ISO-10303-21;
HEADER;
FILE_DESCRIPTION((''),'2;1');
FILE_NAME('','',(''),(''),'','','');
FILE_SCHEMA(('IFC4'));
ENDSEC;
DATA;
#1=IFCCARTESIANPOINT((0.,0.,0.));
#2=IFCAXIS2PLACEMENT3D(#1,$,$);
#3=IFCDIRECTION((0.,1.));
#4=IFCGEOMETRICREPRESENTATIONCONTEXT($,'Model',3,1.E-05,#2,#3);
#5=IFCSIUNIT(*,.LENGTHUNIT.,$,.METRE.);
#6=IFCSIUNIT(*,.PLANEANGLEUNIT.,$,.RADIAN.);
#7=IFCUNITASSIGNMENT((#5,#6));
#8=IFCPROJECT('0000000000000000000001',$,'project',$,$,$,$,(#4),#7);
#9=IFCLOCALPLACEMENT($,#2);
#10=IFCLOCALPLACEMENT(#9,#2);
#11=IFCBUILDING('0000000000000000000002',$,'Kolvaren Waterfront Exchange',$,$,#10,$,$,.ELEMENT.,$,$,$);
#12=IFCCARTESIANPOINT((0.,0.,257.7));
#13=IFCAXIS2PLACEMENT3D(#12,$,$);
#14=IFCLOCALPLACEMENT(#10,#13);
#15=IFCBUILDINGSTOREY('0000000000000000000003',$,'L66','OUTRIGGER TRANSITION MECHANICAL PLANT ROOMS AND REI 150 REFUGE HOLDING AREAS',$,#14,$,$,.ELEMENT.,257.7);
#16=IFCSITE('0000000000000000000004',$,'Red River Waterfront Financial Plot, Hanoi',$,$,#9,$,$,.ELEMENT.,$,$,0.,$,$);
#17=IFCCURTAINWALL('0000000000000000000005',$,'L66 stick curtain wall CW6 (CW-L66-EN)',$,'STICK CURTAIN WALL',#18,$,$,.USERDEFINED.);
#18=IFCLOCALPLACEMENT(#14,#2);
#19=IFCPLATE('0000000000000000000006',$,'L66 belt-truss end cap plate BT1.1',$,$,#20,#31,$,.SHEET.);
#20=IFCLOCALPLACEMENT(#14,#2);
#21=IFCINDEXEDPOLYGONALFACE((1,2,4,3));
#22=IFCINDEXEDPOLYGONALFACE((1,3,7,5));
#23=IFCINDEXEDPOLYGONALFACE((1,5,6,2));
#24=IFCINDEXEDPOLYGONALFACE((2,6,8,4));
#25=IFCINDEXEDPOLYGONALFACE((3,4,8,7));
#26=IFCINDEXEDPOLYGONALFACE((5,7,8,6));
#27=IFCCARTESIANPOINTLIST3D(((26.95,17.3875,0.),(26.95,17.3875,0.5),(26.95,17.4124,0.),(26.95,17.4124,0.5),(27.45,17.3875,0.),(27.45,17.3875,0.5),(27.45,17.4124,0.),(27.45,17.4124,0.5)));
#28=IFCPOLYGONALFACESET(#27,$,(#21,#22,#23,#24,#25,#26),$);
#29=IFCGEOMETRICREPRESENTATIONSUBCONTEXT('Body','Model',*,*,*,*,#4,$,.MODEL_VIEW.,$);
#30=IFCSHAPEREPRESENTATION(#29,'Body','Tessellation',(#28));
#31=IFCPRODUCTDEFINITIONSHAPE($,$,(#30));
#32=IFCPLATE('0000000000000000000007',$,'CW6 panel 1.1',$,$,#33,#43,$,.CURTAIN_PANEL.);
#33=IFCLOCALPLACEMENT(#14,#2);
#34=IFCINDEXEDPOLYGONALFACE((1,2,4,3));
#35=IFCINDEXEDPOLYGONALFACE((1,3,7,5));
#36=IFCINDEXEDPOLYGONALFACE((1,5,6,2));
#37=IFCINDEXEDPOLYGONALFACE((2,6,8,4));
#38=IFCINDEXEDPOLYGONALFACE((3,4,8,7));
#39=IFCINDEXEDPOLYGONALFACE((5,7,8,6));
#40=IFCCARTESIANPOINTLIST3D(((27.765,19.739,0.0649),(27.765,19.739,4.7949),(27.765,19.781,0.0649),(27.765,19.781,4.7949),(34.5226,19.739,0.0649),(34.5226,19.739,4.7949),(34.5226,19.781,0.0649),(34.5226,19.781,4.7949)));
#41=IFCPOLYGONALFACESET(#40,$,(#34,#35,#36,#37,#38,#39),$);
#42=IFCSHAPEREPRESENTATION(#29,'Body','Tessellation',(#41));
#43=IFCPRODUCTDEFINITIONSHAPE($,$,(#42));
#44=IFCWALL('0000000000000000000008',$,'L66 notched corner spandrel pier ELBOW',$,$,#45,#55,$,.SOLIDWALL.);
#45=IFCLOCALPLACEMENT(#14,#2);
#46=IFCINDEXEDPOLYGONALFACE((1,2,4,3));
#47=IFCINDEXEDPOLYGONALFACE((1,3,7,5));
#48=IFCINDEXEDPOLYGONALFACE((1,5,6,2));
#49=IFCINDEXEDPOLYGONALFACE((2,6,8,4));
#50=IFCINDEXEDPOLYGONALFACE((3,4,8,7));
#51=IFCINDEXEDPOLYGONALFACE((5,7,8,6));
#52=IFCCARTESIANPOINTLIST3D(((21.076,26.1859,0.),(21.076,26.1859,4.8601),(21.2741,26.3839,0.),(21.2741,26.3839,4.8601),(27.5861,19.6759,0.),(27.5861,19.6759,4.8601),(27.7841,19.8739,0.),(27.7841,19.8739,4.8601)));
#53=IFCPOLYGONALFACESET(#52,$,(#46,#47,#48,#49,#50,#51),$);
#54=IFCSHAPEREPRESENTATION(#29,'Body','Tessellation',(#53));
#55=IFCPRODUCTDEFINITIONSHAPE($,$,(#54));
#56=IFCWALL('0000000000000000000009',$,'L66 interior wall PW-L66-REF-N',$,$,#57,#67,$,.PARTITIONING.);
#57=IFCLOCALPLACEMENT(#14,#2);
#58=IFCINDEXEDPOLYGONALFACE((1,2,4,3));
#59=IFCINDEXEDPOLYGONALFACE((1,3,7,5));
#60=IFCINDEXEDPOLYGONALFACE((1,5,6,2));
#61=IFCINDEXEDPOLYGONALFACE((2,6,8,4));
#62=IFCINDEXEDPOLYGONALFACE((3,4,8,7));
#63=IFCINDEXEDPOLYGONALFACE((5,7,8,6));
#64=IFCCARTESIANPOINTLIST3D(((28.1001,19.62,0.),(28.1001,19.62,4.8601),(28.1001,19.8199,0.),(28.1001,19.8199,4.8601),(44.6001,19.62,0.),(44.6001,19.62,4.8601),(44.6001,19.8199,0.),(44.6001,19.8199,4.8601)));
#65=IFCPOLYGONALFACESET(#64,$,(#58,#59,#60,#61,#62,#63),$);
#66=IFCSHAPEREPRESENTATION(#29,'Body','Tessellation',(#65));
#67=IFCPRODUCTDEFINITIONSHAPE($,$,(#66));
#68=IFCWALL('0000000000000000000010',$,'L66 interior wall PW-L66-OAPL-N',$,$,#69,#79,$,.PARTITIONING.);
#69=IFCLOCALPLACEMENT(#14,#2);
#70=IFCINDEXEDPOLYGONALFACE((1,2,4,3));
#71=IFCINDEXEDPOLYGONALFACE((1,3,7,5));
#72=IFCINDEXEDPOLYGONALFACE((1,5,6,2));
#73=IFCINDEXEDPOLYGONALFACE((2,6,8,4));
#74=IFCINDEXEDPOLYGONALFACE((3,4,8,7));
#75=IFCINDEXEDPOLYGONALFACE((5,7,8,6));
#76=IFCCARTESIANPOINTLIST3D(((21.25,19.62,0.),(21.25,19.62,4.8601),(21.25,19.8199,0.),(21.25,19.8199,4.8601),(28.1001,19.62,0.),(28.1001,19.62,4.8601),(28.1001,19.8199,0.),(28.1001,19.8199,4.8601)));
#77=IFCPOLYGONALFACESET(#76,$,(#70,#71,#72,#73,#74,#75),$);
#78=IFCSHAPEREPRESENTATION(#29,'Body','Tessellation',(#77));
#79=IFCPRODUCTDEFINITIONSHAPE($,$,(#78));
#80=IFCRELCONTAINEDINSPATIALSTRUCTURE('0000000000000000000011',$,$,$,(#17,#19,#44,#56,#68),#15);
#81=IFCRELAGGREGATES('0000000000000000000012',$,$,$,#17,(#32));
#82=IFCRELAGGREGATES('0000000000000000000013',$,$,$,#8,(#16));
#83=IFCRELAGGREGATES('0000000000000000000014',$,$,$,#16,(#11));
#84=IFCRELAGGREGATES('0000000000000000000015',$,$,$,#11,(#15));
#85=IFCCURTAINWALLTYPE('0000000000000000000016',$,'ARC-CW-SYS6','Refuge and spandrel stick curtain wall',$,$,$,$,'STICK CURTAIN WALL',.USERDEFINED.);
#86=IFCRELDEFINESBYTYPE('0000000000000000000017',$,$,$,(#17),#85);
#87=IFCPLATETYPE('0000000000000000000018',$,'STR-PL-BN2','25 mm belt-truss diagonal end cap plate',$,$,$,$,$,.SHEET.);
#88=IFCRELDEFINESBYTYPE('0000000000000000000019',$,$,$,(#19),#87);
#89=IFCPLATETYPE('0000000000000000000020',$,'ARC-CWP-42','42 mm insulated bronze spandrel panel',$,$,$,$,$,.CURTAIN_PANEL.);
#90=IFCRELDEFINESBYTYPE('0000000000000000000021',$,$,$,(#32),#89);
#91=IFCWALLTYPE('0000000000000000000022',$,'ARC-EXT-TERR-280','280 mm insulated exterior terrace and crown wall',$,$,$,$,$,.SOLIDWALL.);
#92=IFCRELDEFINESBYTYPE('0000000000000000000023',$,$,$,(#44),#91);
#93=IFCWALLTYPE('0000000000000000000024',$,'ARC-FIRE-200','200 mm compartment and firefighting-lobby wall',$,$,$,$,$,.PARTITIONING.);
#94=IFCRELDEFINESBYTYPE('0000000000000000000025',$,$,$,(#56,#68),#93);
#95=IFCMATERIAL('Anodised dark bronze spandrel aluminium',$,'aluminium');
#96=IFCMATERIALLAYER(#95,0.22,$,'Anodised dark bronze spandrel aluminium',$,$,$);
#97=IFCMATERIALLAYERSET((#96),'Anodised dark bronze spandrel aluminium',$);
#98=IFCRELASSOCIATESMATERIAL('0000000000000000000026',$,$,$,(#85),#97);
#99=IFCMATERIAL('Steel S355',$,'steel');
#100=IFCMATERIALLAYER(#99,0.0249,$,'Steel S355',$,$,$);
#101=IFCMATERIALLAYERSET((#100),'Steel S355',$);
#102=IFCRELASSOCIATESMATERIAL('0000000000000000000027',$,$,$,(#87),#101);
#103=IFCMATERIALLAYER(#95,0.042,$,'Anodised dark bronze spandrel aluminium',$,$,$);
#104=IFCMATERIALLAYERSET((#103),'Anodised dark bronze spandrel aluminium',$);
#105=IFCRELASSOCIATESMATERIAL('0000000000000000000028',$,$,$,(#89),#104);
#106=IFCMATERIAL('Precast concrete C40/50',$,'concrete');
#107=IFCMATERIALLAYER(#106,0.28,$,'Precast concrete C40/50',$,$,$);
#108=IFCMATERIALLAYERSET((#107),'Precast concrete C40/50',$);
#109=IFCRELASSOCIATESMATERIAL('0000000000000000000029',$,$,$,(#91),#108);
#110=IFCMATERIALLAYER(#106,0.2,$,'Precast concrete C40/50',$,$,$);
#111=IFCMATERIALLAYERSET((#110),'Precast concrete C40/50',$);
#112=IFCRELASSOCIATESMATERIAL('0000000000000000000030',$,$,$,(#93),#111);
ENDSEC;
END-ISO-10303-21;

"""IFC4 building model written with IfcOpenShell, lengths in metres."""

from ifc_helpers import new_model, si_unit, direction, frame, frame_2d, origin, origin_with_axes, origin_2d, place, context, subcontext, project, spatial, rectangle, extrude, source, transform, mapped, material, layer, layer_set, type_object, element, aggregate, save


model = new_model("IFC4")

# Units and contexts
model_context = context("Model", 3, precision=1e-05, world=origin(), true_north=direction((0.0, 1.0)))
body_context = subcontext(model_context, "Body", "Model", "MODEL_VIEW")
ifc_project = project(units=[si_unit("LENGTHUNIT", "METRE"), si_unit("PLANEANGLEUNIT", "RADIAN")], contexts=[model_context])

# Site, building, storey
site_placement = place(None, origin())
site = spatial("IfcSite", under=ifc_project, at=site_placement, Name="Red River Waterfront Financial Plot, Hanoi", CompositionType="ELEMENT", RefElevation=0.0)
building_placement = place(site_placement, origin())
building = spatial("IfcBuilding", under=site, at=building_placement, Name="Kolvaren Waterfront Exchange", CompositionType="ELEMENT")
storey_placement = place(building_placement, frame((0.0, 0.0, 257.7)))
storey = spatial("IfcBuildingStorey", under=building, at=storey_placement, Name="L66", Description="OUTRIGGER TRANSITION MECHANICAL PLANT ROOMS AND REI 150 REFUGE HOLDING AREAS", CompositionType="ELEMENT", Elevation=257.7)

# Shared definitions
ifc_material_1 = material(Name="Steel S355", Category="steel")

# Curtain wall
ifc_material_2 = material(Name="Anodised dark bronze spandrel aluminium", Category="aluminium")
ifc_layer_1 = layer(ifc_material_2, 0.22, Name="Anodised dark bronze spandrel aluminium")
ifc_layer_set_1 = layer_set([ifc_layer_1], Name="Anodised dark bronze spandrel aluminium")
curtain_wall_type = type_object("IfcCurtainWallType", Name="ARC-CW-SYS6", Description="Refuge and spandrel stick curtain wall", ElementType="STICK CURTAIN WALL", PredefinedType="USERDEFINED", material=ifc_layer_set_1)
curtain_wall_placement = place(storey_placement, origin())
curtain_wall = element("IfcCurtainWall", 1, at=curtain_wall_placement, inside=storey, type_object=curtain_wall_type, Name="L66 stick curtain wall CW6 (CW-L66-EN)", ObjectType="STICK CURTAIN WALL", PredefinedType="USERDEFINED")

# Plate
ifc_layer_2 = layer(ifc_material_1, 0.0249, Name="Steel S355")
ifc_layer_set_2 = layer_set([ifc_layer_2], Name="Steel S355")
plate_type_1 = type_object("IfcPlateType", Name="STR-PL-BN2", Description="25 mm belt-truss diagonal end cap plate", PredefinedType="SHEET", material=ifc_layer_set_2)
shared_shape_1 = source(origin_with_axes(), body_context, "Body", "SweptSolid", [
    extrude(rectangle(XDim=0.5, YDim=0.0249, at=origin_2d()), origin(), (0.0, 0.0, 1.0), 0.5),
])
plate_1_placement = place(storey_placement, frame((27.2, 17.3999, 0.0), z_axis=(0.0, 0.0, 1.0), x_axis=(1.0, 0.0, 0.0)))
element("IfcPlate", 2, at=plate_1_placement, inside=storey, type_object=plate_type_1, Name="L66 belt-truss end cap plate BT1.1", PredefinedType="SHEET", context=body_context, shape_type="MappedRepresentation", body=[
    mapped(shared_shape_1, transform((0.0, 0.0, 0.0), x_axis=(1.0, 0.0, 0.0), y_axis=(0.0, 1.0, 0.0), z_axis=(0.0, 0.0, 1.0), scale=1.0)),
])

# Plate
ifc_layer_3 = layer(ifc_material_2, 0.042, Name="Anodised dark bronze spandrel aluminium")
ifc_layer_set_3 = layer_set([ifc_layer_3], Name="Anodised dark bronze spandrel aluminium")
plate_type_2 = type_object("IfcPlateType", Name="ARC-CWP-42", Description="42 mm insulated bronze spandrel panel", PredefinedType="CURTAIN_PANEL", material=ifc_layer_set_3)
shared_shape_2 = source(origin_with_axes(), body_context, "Body", "SweptSolid", [
    extrude(rectangle(XDim=6.7576, YDim=0.042, at=origin_2d()), origin(), (0.0, 0.0, 1.0), 4.73),
])
plate_2_placement = place(storey_placement, frame((31.1438, 19.76, 0.0649), z_axis=(0.0, 0.0, 1.0), x_axis=(1.0, 0.0, 0.0)))
plate_2 = element("IfcPlate", 3, at=plate_2_placement, type_object=plate_type_2, Name="CW6 panel 1.1", PredefinedType="CURTAIN_PANEL", context=body_context, shape_type="MappedRepresentation", body=[
    mapped(shared_shape_2, transform((0.0, 0.0, 0.0), x_axis=(1.0, 0.0, 0.0), y_axis=(0.0, 1.0, 0.0), z_axis=(0.0, 0.0, 1.0), scale=1.0)),
])
aggregate(curtain_wall, [plate_2])

# Walls
ifc_material_3 = material(Name="Precast concrete C40/50", Category="concrete")
ifc_layer_4 = layer(ifc_material_3, 0.28, Name="Precast concrete C40/50")
ifc_layer_set_4 = layer_set([ifc_layer_4], Name="Precast concrete C40/50")
wall_type_1 = type_object("IfcWallType", Name="ARC-EXT-TERR-280", Description="280 mm insulated exterior terrace and crown wall", PredefinedType="SOLIDWALL", material=ifc_layer_set_4)
wall_1_placement = place(storey_placement, frame((27.6851, 19.7749, 0.0), z_axis=(0.0, 0.0, 1.0), x_axis=(-0.707107, 0.707107, 0.0)))
element("IfcWall", 4, at=wall_1_placement, inside=storey, type_object=wall_type_1, Name="L66 notched corner spandrel pier ELBOW", PredefinedType="SOLIDWALL", context=body_context, shape_type="SweptSolid", body=[
    extrude(rectangle(XDim=9.2065, YDim=0.28, at=frame_2d((4.6033, 0.0))), origin(), (0.0, 0.0, 1.0), 4.8601),
])
ifc_layer_5 = layer(ifc_material_3, 0.2, Name="Precast concrete C40/50")
ifc_layer_set_5 = layer_set([ifc_layer_5], Name="Precast concrete C40/50")
wall_type_2 = type_object("IfcWallType", Name="ARC-FIRE-200", Description="200 mm compartment and firefighting-lobby wall", PredefinedType="PARTITIONING", material=ifc_layer_set_5)
wall_2_placement = place(storey_placement, frame((28.1001, 19.72, 0.0), z_axis=(0.0, 0.0, 1.0), x_axis=(1.0, 0.0, 0.0)))
element("IfcWall", 5, at=wall_2_placement, inside=storey, type_object=wall_type_2, Name="L66 interior wall PW-L66-REF-N", PredefinedType="PARTITIONING", context=body_context, shape_type="SweptSolid", body=[
    extrude(rectangle(XDim=16.5, YDim=0.2, at=frame_2d((8.25, 0.0))), origin(), (0.0, 0.0, 1.0), 4.8601),
])
wall_3_placement = place(storey_placement, frame((21.25, 19.72, 0.0), z_axis=(0.0, 0.0, 1.0), x_axis=(1.0, 0.0, 0.0)))
element("IfcWall", 6, at=wall_3_placement, inside=storey, type_object=wall_type_2, Name="L66 interior wall PW-L66-OAPL-N", PredefinedType="PARTITIONING", context=body_context, shape_type="SweptSolid", body=[
    extrude(rectangle(XDim=6.8501, YDim=0.2, at=frame_2d((3.425, 0.0))), origin(), (0.0, 0.0, 1.0), 4.8601),
])

save(model, "model.ifc")
